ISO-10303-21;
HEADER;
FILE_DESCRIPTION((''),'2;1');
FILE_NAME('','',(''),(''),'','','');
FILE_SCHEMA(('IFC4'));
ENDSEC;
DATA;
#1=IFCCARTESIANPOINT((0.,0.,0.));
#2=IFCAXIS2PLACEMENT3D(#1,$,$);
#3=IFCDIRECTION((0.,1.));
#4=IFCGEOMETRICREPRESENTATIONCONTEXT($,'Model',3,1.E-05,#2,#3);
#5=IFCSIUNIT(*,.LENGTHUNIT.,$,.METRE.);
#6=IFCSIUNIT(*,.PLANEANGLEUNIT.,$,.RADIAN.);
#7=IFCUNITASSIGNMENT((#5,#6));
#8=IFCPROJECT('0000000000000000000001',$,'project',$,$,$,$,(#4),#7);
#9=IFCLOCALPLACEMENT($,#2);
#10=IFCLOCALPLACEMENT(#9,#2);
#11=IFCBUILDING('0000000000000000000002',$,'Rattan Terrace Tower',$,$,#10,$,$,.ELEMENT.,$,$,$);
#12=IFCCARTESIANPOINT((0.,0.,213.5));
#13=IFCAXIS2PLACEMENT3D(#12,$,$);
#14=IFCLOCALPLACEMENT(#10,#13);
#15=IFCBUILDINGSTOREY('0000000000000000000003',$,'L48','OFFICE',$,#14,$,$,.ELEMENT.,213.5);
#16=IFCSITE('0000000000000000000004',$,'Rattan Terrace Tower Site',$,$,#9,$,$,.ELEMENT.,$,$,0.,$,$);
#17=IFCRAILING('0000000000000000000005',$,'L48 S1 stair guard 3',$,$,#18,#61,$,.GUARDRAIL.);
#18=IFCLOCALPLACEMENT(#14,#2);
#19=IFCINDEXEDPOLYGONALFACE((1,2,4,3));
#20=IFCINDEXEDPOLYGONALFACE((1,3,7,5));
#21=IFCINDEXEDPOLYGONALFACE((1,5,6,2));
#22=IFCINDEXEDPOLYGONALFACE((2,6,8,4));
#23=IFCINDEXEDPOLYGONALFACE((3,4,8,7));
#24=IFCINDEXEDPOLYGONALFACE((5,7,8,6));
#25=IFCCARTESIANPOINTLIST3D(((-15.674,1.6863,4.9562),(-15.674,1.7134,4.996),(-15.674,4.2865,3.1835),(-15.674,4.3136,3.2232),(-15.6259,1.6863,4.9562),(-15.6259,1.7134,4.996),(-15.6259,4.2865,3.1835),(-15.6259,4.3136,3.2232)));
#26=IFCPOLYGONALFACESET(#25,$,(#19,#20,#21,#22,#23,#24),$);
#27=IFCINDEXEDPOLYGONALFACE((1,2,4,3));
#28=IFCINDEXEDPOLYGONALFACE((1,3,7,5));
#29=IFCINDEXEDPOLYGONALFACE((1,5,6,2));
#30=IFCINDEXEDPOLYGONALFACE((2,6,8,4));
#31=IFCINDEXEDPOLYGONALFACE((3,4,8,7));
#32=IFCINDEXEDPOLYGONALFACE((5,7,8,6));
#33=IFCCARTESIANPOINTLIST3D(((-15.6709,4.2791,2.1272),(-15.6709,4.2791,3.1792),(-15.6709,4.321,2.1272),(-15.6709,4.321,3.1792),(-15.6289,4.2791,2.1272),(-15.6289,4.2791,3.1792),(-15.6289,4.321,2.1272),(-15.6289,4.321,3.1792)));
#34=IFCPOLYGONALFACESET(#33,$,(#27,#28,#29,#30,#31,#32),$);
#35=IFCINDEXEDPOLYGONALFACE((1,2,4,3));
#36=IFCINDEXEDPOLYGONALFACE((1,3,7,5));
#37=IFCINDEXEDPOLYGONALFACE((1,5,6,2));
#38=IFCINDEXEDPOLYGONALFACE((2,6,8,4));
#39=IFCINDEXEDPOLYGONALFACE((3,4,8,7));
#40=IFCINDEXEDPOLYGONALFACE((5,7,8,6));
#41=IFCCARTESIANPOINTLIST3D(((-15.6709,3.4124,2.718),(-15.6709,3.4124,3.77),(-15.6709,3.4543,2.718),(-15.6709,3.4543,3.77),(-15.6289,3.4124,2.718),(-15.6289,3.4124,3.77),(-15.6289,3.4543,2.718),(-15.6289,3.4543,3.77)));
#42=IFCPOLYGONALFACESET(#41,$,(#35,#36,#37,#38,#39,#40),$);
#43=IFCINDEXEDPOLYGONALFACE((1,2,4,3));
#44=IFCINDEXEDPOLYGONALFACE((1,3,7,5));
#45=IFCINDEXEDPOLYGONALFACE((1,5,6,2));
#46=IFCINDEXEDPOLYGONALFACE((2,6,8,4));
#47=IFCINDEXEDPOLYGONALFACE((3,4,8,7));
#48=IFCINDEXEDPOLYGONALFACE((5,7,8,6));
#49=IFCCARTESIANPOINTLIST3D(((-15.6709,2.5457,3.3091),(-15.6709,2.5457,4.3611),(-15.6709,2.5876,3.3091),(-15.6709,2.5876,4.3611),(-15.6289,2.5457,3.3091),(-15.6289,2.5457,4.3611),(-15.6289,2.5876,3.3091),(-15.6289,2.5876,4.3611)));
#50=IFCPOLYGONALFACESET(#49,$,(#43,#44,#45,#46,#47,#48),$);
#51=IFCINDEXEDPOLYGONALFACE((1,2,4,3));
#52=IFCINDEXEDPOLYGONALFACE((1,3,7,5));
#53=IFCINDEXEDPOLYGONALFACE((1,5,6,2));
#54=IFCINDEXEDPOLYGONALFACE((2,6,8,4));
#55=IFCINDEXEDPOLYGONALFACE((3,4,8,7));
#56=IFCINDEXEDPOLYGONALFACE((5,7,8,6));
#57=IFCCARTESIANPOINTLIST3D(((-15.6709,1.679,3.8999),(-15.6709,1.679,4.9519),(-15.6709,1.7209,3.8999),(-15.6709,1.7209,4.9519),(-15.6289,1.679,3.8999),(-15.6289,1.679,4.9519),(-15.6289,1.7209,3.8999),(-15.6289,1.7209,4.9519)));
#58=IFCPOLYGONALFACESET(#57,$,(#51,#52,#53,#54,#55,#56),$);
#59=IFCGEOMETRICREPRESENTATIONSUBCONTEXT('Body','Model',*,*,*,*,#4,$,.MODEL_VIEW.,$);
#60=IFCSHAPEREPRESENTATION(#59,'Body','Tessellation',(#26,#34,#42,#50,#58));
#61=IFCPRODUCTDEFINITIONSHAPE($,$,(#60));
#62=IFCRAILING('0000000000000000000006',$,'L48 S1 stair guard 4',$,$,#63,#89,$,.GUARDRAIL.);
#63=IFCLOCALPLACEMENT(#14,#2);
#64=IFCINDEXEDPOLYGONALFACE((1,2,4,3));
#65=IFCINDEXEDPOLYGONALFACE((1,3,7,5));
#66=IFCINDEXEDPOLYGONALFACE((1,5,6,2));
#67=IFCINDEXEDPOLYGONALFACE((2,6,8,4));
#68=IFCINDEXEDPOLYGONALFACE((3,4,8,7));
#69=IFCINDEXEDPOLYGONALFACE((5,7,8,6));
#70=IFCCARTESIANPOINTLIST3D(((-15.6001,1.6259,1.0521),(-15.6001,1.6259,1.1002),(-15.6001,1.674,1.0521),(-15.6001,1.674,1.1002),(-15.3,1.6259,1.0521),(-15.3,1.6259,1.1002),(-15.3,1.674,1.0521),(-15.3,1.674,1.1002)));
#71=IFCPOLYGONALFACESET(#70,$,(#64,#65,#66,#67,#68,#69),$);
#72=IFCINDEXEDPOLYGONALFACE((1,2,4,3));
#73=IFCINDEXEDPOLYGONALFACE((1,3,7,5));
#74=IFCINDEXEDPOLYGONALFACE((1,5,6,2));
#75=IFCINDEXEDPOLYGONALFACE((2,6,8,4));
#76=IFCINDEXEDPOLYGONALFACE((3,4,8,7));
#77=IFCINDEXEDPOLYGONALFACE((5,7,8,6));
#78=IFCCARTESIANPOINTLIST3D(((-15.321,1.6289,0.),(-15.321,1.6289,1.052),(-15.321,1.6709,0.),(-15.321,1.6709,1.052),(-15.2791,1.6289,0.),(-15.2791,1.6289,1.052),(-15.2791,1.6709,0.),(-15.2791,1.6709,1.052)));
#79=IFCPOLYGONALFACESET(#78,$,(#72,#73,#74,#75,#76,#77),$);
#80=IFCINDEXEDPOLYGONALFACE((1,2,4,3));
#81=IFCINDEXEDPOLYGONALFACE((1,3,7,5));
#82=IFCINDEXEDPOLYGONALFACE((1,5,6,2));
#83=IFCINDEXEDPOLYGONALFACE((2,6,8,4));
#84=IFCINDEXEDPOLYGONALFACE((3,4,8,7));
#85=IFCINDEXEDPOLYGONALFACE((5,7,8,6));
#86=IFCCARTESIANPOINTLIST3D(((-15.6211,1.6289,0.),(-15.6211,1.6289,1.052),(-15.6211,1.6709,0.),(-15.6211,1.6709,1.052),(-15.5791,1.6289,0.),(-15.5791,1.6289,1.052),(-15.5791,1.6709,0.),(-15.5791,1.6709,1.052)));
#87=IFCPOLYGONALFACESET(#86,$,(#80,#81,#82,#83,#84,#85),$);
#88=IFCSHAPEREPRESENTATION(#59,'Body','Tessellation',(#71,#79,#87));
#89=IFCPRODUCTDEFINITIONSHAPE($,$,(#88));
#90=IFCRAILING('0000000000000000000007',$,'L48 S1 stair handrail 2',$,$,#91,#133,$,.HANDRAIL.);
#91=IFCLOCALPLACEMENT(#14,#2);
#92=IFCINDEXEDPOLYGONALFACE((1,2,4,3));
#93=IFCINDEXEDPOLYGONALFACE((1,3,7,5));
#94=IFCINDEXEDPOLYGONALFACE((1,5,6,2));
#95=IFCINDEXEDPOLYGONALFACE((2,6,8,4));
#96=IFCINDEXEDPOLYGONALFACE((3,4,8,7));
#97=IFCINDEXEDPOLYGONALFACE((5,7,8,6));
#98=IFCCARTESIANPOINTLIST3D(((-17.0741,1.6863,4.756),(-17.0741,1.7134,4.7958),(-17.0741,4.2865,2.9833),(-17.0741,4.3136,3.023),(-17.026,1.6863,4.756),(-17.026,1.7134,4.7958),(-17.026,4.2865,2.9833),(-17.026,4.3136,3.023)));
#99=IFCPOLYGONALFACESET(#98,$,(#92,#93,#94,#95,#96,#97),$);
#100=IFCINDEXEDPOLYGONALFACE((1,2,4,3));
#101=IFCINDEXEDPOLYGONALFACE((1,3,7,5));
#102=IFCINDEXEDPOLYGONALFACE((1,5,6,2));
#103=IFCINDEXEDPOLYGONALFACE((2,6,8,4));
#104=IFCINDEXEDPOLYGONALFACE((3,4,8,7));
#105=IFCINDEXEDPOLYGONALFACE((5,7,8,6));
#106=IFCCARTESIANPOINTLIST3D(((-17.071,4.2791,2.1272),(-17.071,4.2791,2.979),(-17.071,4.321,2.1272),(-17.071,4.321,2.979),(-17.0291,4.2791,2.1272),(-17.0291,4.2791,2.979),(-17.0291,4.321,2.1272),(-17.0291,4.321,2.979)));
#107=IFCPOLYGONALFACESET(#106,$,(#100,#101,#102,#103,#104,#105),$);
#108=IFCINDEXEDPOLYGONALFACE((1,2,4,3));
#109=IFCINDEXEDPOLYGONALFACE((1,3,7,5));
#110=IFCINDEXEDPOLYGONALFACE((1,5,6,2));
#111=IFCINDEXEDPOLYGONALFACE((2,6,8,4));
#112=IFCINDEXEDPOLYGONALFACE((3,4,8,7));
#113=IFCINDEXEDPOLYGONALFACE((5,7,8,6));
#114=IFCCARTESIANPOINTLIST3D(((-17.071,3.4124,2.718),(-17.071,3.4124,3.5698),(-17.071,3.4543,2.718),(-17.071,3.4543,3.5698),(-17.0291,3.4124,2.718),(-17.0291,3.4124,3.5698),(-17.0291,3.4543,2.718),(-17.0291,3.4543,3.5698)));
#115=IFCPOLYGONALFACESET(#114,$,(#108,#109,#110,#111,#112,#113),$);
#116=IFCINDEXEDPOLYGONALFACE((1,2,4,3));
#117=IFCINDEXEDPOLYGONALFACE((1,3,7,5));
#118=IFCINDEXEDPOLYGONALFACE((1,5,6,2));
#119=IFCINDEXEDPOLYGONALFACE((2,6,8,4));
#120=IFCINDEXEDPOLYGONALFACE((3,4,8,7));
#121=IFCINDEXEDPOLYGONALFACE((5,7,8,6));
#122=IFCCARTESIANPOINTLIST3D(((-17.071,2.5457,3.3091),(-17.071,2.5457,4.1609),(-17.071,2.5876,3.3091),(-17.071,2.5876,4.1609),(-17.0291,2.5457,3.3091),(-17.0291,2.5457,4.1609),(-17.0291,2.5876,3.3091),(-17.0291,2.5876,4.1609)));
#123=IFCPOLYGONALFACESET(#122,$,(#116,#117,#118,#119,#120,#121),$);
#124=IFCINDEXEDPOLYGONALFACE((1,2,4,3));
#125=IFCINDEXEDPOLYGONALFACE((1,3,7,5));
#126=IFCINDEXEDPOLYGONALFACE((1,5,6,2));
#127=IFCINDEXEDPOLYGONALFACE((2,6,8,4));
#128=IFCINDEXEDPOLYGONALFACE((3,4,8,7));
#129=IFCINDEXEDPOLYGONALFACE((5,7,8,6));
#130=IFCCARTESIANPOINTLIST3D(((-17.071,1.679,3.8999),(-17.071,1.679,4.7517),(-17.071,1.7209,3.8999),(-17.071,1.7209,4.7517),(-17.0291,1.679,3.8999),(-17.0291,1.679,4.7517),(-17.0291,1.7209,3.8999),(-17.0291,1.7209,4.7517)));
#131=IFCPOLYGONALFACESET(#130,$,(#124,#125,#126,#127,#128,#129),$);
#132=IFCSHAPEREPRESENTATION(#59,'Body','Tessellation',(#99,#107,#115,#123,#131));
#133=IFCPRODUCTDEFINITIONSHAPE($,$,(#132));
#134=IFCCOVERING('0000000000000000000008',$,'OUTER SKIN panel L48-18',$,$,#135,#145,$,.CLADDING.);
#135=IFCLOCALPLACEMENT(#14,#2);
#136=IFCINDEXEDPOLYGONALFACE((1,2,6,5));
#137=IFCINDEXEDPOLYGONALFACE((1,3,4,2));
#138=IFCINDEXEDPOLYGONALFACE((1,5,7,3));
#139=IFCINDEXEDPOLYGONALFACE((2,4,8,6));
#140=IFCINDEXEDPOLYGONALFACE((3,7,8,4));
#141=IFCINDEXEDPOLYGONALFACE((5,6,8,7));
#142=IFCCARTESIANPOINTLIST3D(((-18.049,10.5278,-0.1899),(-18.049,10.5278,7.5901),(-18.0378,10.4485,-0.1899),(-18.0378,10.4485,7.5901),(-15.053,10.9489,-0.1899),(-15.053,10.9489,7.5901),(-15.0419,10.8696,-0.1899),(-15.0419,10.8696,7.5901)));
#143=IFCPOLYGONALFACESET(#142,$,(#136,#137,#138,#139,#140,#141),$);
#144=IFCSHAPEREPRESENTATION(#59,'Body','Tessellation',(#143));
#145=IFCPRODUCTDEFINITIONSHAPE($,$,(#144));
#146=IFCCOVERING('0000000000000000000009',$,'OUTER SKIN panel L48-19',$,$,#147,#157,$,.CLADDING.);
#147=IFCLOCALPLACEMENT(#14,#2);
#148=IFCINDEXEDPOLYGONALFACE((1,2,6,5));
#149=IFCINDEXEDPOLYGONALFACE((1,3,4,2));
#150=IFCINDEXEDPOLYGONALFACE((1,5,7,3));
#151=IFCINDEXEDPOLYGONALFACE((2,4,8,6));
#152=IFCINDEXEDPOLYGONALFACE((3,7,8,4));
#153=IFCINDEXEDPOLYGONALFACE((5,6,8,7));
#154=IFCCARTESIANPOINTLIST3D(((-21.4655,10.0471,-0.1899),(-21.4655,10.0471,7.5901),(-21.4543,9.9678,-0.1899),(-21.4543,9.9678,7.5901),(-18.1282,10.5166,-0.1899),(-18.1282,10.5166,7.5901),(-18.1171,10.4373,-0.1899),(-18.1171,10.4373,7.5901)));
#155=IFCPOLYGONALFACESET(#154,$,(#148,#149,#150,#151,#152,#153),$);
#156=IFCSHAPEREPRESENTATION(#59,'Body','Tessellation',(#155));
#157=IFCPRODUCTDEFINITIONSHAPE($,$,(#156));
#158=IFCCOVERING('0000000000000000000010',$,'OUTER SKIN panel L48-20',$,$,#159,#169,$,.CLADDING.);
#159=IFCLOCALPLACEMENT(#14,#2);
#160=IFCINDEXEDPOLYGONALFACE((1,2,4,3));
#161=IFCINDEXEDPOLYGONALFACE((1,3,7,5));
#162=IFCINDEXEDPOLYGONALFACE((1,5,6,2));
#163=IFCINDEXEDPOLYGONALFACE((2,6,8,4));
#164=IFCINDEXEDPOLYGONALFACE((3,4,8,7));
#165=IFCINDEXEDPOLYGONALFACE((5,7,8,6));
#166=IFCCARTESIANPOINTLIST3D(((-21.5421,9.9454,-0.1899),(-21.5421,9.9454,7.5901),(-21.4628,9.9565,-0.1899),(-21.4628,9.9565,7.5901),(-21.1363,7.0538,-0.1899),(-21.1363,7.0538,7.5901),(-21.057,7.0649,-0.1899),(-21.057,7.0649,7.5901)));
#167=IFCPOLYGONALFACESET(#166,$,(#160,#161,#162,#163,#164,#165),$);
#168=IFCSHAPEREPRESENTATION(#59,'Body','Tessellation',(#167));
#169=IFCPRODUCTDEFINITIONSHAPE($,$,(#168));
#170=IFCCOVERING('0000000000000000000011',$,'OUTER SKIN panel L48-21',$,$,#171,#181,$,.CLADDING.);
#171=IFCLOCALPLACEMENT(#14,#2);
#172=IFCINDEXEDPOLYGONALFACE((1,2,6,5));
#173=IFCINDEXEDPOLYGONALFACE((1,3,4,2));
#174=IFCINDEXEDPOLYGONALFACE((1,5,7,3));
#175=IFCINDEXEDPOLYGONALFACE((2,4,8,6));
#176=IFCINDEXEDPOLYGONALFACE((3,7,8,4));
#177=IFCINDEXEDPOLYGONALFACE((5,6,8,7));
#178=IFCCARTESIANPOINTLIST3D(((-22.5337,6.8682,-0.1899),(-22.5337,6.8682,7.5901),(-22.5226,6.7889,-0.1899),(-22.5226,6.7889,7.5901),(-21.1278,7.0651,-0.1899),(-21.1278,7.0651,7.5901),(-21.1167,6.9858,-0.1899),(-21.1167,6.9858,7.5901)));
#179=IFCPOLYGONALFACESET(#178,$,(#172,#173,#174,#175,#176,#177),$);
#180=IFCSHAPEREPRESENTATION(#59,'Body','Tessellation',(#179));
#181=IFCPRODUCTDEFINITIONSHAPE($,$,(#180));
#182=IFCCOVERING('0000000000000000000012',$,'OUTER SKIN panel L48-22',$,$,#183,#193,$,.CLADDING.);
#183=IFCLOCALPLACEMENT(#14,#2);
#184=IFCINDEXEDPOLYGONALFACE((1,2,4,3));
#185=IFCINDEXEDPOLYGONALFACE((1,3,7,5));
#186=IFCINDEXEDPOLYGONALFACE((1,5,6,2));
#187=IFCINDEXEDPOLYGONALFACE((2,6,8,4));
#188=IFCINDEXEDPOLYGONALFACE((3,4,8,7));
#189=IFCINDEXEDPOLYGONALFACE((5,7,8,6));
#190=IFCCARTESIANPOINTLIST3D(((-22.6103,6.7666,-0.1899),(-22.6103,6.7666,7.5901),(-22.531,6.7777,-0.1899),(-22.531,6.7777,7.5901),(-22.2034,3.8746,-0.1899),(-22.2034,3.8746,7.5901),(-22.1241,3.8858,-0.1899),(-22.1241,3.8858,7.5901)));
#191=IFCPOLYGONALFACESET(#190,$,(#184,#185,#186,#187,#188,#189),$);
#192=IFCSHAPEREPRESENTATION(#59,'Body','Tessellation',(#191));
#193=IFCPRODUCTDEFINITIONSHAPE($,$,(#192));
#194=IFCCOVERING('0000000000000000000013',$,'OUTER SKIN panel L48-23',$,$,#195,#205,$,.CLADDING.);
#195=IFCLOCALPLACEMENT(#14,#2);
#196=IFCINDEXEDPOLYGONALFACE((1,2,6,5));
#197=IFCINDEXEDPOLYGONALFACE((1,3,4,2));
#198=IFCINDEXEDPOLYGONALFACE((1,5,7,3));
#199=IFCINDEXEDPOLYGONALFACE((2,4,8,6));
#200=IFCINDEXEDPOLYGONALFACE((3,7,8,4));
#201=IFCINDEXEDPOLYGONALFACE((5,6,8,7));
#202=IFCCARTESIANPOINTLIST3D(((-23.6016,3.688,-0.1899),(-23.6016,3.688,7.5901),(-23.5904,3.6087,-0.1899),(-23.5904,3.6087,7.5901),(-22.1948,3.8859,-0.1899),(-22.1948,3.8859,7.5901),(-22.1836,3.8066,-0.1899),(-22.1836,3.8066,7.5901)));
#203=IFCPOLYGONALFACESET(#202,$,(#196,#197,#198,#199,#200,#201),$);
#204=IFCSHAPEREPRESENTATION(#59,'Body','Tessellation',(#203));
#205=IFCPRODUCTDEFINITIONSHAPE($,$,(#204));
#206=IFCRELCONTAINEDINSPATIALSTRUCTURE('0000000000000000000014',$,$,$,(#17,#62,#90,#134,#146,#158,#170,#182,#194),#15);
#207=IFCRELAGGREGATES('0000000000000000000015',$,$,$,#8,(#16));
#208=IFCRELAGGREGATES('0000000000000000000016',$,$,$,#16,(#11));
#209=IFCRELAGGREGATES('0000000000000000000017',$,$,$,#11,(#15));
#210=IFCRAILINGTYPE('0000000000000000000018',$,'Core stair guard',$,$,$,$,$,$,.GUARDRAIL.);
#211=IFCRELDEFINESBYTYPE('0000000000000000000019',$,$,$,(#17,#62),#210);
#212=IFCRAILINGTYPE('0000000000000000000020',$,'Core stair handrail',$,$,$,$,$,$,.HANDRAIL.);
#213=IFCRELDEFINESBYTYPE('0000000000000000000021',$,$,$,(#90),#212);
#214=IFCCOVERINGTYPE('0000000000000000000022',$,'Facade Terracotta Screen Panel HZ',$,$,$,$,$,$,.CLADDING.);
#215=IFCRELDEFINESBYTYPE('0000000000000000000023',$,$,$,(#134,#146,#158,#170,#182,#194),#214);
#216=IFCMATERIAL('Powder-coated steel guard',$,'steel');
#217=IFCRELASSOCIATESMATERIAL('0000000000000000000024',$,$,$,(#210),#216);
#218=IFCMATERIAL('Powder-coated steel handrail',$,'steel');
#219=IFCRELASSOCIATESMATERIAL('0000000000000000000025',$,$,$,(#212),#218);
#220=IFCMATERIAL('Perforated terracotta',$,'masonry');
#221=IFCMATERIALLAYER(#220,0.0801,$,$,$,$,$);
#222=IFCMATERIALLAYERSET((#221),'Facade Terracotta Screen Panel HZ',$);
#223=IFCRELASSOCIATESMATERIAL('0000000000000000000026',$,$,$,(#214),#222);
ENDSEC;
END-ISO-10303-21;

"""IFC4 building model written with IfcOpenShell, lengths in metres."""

from ifc_helpers import new_model, si_unit, direction, frame, origin, origin_2d, place, context, subcontext, project, spatial, rectangle, extrude, material, layer, layer_set, type_object, element, save


model = new_model("IFC4")

# Units and contexts
model_context = context("Model", 3, precision=1e-05, world=origin(), true_north=direction((0.0, 1.0)))
body_context = subcontext(model_context, "Body", "Model", "MODEL_VIEW")
ifc_project = project(units=[si_unit("LENGTHUNIT", "METRE"), si_unit("PLANEANGLEUNIT", "RADIAN")], contexts=[model_context])

# Site, building, storey
site_placement = place(None, origin())
site = spatial("IfcSite", under=ifc_project, at=site_placement, Name="Rattan Terrace Tower Site", CompositionType="ELEMENT", RefElevation=0.0)
building_placement = place(site_placement, origin())
building = spatial("IfcBuilding", under=site, at=building_placement, Name="Rattan Terrace Tower", CompositionType="ELEMENT")
storey_placement = place(building_placement, frame((0.0, 0.0, 213.5)))
storey = spatial("IfcBuildingStorey", under=building, at=storey_placement, Name="L48", Description="OFFICE", CompositionType="ELEMENT", Elevation=213.5)

# Railings
ifc_material_1 = material(Name="Powder-coated steel guard", Category="steel")
railing_type_1 = type_object("IfcRailingType", Name="Core stair guard", PredefinedType="GUARDRAIL", material=ifc_material_1)
railing_1_placement = place(storey_placement, frame((-15.6499, 4.3, 2.1272)))
element("IfcRailing", 1, at=railing_1_placement, inside=storey, type_object=railing_type_1, Name="L48 S1 stair guard 3", PredefinedType="GUARDRAIL", context=body_context, shape_type="SweptSolid", body=[
    extrude(rectangle(XDim=0.0481, YDim=0.0481, at=origin_2d()), frame((0.0, 0.0, 1.0762), z_axis=(0.0, -0.82624, 0.563318), x_axis=(1.0, 0.0, 0.0)), (0.0, 0.0, 1.0), 3.147),
    extrude(rectangle(XDim=0.042, YDim=0.042, at=origin_2d()), origin(), (0.0, 0.0, 1.0), 1.052),
    extrude(rectangle(XDim=0.042, YDim=0.042, at=origin_2d()), frame((0.0, -0.8667, 0.5908)), (0.0, 0.0, 1.0), 1.052),
    extrude(rectangle(XDim=0.042, YDim=0.042, at=origin_2d()), frame((0.0, -1.7334, 1.1819)), (0.0, 0.0, 1.0), 1.052),
    extrude(rectangle(XDim=0.042, YDim=0.042, at=origin_2d()), frame((0.0, -2.6001, 1.7727)), (0.0, 0.0, 1.0), 1.052),
])
railing_2_placement = place(storey_placement, frame((-15.3, 1.6499, 0.0)))
element("IfcRailing", 2, at=railing_2_placement, inside=storey, type_object=railing_type_1, Name="L48 S1 stair guard 4", PredefinedType="GUARDRAIL", context=body_context, shape_type="SweptSolid", body=[
    extrude(rectangle(XDim=0.0481, YDim=0.0481, at=origin_2d()), frame((0.0, 0.0, 1.0762), z_axis=(-1.0, 0.0, 0.0), x_axis=(0.0, -1.0, 0.0)), (0.0, 0.0, 1.0), 0.3),
    extrude(rectangle(XDim=0.042, YDim=0.042, at=origin_2d()), origin(), (0.0, 0.0, 1.0), 1.052),
    extrude(rectangle(XDim=0.042, YDim=0.042, at=origin_2d()), frame((-0.3, 0.0, 0.0)), (0.0, 0.0, 1.0), 1.052),
])
ifc_material_2 = material(Name="Powder-coated steel handrail", Category="steel")
railing_type_2 = type_object("IfcRailingType", Name="Core stair handrail", PredefinedType="HANDRAIL", material=ifc_material_2)
railing_3_placement = place(storey_placement, frame((-17.05, 4.3, 2.1272)))
element("IfcRailing", 3, at=railing_3_placement, inside=storey, type_object=railing_type_2, Name="L48 S1 stair handrail 2", PredefinedType="HANDRAIL", context=body_context, shape_type="SweptSolid", body=[
    extrude(rectangle(XDim=0.0481, YDim=0.0481, at=origin_2d()), frame((0.0, 0.0, 0.876), z_axis=(0.0, -0.82624, 0.563318), x_axis=(1.0, 0.0, 0.0)), (0.0, 0.0, 1.0), 3.147),
    extrude(rectangle(XDim=0.042, YDim=0.042, at=origin_2d()), origin(), (0.0, 0.0, 1.0), 0.8518),
    extrude(rectangle(XDim=0.042, YDim=0.042, at=origin_2d()), frame((0.0, -0.8667, 0.5908)), (0.0, 0.0, 1.0), 0.8518),
    extrude(rectangle(XDim=0.042, YDim=0.042, at=origin_2d()), frame((0.0, -1.7334, 1.1819)), (0.0, 0.0, 1.0), 0.8518),
    extrude(rectangle(XDim=0.042, YDim=0.042, at=origin_2d()), frame((0.0, -2.6001, 1.7727)), (0.0, 0.0, 1.0), 0.8518),
])

# Coverings
ifc_material_3 = material(Name="Perforated terracotta", Category="masonry")
ifc_layer_1 = layer(ifc_material_3, 0.0801)
ifc_layer_set_1 = layer_set([ifc_layer_1], Name="Facade Terracotta Screen Panel HZ")
covering_type = type_object("IfcCoveringType", Name="Facade Terracotta Screen Panel HZ", PredefinedType="CLADDING", material=ifc_layer_set_1)
covering_1_placement = place(storey_placement, frame((-16.5454, 10.6987, -0.1899), z_axis=(0.0, 0.0, 1.0), x_axis=(-0.990267, -0.139177, 0.0)))
element("IfcCovering", 4, at=covering_1_placement, inside=storey, type_object=covering_type, Name="OUTER SKIN panel L48-18", PredefinedType="CLADDING", context=body_context, shape_type="SweptSolid", body=[
    extrude(rectangle(XDim=3.0254, YDim=0.0801, at=origin_2d()), origin(), (0.0, 0.0, 1.0), 7.78),
])
covering_2_placement = place(storey_placement, frame((-19.7913, 10.2422, -0.1899), z_axis=(0.0, 0.0, 1.0), x_axis=(-0.990247, -0.139321, 0.0)))
element("IfcCovering", 5, at=covering_2_placement, inside=storey, type_object=covering_type, Name="OUTER SKIN panel L48-19", PredefinedType="CLADDING", context=body_context, shape_type="SweptSolid", body=[
    extrude(rectangle(XDim=3.3701, YDim=0.0801, at=origin_2d()), origin(), (0.0, 0.0, 1.0), 7.78),
])
covering_3_placement = place(storey_placement, frame((-21.2996, 8.5051, -0.1899), z_axis=(0.0, 0.0, 1.0), x_axis=(0.138994, -0.990293, 0.0)))
element("IfcCovering", 6, at=covering_3_placement, inside=storey, type_object=covering_type, Name="OUTER SKIN panel L48-20", PredefinedType="CLADDING", context=body_context, shape_type="SweptSolid", body=[
    extrude(rectangle(XDim=2.9199, YDim=0.0801, at=origin_2d()), origin(), (0.0, 0.0, 1.0), 7.78),
])
covering_4_placement = place(storey_placement, frame((-21.8252, 6.927, -0.1899), z_axis=(0.0, 0.0, 1.0), x_axis=(-0.990333, -0.138713, 0.0)))
element("IfcCovering", 7, at=covering_4_placement, inside=storey, type_object=covering_type, Name="OUTER SKIN panel L48-21", PredefinedType="CLADDING", context=body_context, shape_type="SweptSolid", body=[
    extrude(rectangle(XDim=1.4197, YDim=0.0801, at=origin_2d()), origin(), (0.0, 0.0, 1.0), 7.78),
])
covering_5_placement = place(storey_placement, frame((-22.3672, 5.3262, -0.1899), z_axis=(0.0, 0.0, 1.0), x_axis=(0.139321, -0.990247, 0.0)))
element("IfcCovering", 8, at=covering_5_placement, inside=storey, type_object=covering_type, Name="OUTER SKIN panel L48-22", PredefinedType="CLADDING", context=body_context, shape_type="SweptSolid", body=[
    extrude(rectangle(XDim=2.9204, YDim=0.0801, at=origin_2d()), origin(), (0.0, 0.0, 1.0), 7.78),
])
covering_6_placement = place(storey_placement, frame((-22.8926, 3.7473, -0.1899), z_axis=(0.0, 0.0, 1.0), x_axis=(-0.990254, -0.139275, 0.0)))
element("IfcCovering", 9, at=covering_6_placement, inside=storey, type_object=covering_type, Name="OUTER SKIN panel L48-23", PredefinedType="CLADDING", context=body_context, shape_type="SweptSolid", body=[
    extrude(rectangle(XDim=1.4207, YDim=0.0801, at=origin_2d()), origin(), (0.0, 0.0, 1.0), 7.78),
])

save(model, "model.ifc")
